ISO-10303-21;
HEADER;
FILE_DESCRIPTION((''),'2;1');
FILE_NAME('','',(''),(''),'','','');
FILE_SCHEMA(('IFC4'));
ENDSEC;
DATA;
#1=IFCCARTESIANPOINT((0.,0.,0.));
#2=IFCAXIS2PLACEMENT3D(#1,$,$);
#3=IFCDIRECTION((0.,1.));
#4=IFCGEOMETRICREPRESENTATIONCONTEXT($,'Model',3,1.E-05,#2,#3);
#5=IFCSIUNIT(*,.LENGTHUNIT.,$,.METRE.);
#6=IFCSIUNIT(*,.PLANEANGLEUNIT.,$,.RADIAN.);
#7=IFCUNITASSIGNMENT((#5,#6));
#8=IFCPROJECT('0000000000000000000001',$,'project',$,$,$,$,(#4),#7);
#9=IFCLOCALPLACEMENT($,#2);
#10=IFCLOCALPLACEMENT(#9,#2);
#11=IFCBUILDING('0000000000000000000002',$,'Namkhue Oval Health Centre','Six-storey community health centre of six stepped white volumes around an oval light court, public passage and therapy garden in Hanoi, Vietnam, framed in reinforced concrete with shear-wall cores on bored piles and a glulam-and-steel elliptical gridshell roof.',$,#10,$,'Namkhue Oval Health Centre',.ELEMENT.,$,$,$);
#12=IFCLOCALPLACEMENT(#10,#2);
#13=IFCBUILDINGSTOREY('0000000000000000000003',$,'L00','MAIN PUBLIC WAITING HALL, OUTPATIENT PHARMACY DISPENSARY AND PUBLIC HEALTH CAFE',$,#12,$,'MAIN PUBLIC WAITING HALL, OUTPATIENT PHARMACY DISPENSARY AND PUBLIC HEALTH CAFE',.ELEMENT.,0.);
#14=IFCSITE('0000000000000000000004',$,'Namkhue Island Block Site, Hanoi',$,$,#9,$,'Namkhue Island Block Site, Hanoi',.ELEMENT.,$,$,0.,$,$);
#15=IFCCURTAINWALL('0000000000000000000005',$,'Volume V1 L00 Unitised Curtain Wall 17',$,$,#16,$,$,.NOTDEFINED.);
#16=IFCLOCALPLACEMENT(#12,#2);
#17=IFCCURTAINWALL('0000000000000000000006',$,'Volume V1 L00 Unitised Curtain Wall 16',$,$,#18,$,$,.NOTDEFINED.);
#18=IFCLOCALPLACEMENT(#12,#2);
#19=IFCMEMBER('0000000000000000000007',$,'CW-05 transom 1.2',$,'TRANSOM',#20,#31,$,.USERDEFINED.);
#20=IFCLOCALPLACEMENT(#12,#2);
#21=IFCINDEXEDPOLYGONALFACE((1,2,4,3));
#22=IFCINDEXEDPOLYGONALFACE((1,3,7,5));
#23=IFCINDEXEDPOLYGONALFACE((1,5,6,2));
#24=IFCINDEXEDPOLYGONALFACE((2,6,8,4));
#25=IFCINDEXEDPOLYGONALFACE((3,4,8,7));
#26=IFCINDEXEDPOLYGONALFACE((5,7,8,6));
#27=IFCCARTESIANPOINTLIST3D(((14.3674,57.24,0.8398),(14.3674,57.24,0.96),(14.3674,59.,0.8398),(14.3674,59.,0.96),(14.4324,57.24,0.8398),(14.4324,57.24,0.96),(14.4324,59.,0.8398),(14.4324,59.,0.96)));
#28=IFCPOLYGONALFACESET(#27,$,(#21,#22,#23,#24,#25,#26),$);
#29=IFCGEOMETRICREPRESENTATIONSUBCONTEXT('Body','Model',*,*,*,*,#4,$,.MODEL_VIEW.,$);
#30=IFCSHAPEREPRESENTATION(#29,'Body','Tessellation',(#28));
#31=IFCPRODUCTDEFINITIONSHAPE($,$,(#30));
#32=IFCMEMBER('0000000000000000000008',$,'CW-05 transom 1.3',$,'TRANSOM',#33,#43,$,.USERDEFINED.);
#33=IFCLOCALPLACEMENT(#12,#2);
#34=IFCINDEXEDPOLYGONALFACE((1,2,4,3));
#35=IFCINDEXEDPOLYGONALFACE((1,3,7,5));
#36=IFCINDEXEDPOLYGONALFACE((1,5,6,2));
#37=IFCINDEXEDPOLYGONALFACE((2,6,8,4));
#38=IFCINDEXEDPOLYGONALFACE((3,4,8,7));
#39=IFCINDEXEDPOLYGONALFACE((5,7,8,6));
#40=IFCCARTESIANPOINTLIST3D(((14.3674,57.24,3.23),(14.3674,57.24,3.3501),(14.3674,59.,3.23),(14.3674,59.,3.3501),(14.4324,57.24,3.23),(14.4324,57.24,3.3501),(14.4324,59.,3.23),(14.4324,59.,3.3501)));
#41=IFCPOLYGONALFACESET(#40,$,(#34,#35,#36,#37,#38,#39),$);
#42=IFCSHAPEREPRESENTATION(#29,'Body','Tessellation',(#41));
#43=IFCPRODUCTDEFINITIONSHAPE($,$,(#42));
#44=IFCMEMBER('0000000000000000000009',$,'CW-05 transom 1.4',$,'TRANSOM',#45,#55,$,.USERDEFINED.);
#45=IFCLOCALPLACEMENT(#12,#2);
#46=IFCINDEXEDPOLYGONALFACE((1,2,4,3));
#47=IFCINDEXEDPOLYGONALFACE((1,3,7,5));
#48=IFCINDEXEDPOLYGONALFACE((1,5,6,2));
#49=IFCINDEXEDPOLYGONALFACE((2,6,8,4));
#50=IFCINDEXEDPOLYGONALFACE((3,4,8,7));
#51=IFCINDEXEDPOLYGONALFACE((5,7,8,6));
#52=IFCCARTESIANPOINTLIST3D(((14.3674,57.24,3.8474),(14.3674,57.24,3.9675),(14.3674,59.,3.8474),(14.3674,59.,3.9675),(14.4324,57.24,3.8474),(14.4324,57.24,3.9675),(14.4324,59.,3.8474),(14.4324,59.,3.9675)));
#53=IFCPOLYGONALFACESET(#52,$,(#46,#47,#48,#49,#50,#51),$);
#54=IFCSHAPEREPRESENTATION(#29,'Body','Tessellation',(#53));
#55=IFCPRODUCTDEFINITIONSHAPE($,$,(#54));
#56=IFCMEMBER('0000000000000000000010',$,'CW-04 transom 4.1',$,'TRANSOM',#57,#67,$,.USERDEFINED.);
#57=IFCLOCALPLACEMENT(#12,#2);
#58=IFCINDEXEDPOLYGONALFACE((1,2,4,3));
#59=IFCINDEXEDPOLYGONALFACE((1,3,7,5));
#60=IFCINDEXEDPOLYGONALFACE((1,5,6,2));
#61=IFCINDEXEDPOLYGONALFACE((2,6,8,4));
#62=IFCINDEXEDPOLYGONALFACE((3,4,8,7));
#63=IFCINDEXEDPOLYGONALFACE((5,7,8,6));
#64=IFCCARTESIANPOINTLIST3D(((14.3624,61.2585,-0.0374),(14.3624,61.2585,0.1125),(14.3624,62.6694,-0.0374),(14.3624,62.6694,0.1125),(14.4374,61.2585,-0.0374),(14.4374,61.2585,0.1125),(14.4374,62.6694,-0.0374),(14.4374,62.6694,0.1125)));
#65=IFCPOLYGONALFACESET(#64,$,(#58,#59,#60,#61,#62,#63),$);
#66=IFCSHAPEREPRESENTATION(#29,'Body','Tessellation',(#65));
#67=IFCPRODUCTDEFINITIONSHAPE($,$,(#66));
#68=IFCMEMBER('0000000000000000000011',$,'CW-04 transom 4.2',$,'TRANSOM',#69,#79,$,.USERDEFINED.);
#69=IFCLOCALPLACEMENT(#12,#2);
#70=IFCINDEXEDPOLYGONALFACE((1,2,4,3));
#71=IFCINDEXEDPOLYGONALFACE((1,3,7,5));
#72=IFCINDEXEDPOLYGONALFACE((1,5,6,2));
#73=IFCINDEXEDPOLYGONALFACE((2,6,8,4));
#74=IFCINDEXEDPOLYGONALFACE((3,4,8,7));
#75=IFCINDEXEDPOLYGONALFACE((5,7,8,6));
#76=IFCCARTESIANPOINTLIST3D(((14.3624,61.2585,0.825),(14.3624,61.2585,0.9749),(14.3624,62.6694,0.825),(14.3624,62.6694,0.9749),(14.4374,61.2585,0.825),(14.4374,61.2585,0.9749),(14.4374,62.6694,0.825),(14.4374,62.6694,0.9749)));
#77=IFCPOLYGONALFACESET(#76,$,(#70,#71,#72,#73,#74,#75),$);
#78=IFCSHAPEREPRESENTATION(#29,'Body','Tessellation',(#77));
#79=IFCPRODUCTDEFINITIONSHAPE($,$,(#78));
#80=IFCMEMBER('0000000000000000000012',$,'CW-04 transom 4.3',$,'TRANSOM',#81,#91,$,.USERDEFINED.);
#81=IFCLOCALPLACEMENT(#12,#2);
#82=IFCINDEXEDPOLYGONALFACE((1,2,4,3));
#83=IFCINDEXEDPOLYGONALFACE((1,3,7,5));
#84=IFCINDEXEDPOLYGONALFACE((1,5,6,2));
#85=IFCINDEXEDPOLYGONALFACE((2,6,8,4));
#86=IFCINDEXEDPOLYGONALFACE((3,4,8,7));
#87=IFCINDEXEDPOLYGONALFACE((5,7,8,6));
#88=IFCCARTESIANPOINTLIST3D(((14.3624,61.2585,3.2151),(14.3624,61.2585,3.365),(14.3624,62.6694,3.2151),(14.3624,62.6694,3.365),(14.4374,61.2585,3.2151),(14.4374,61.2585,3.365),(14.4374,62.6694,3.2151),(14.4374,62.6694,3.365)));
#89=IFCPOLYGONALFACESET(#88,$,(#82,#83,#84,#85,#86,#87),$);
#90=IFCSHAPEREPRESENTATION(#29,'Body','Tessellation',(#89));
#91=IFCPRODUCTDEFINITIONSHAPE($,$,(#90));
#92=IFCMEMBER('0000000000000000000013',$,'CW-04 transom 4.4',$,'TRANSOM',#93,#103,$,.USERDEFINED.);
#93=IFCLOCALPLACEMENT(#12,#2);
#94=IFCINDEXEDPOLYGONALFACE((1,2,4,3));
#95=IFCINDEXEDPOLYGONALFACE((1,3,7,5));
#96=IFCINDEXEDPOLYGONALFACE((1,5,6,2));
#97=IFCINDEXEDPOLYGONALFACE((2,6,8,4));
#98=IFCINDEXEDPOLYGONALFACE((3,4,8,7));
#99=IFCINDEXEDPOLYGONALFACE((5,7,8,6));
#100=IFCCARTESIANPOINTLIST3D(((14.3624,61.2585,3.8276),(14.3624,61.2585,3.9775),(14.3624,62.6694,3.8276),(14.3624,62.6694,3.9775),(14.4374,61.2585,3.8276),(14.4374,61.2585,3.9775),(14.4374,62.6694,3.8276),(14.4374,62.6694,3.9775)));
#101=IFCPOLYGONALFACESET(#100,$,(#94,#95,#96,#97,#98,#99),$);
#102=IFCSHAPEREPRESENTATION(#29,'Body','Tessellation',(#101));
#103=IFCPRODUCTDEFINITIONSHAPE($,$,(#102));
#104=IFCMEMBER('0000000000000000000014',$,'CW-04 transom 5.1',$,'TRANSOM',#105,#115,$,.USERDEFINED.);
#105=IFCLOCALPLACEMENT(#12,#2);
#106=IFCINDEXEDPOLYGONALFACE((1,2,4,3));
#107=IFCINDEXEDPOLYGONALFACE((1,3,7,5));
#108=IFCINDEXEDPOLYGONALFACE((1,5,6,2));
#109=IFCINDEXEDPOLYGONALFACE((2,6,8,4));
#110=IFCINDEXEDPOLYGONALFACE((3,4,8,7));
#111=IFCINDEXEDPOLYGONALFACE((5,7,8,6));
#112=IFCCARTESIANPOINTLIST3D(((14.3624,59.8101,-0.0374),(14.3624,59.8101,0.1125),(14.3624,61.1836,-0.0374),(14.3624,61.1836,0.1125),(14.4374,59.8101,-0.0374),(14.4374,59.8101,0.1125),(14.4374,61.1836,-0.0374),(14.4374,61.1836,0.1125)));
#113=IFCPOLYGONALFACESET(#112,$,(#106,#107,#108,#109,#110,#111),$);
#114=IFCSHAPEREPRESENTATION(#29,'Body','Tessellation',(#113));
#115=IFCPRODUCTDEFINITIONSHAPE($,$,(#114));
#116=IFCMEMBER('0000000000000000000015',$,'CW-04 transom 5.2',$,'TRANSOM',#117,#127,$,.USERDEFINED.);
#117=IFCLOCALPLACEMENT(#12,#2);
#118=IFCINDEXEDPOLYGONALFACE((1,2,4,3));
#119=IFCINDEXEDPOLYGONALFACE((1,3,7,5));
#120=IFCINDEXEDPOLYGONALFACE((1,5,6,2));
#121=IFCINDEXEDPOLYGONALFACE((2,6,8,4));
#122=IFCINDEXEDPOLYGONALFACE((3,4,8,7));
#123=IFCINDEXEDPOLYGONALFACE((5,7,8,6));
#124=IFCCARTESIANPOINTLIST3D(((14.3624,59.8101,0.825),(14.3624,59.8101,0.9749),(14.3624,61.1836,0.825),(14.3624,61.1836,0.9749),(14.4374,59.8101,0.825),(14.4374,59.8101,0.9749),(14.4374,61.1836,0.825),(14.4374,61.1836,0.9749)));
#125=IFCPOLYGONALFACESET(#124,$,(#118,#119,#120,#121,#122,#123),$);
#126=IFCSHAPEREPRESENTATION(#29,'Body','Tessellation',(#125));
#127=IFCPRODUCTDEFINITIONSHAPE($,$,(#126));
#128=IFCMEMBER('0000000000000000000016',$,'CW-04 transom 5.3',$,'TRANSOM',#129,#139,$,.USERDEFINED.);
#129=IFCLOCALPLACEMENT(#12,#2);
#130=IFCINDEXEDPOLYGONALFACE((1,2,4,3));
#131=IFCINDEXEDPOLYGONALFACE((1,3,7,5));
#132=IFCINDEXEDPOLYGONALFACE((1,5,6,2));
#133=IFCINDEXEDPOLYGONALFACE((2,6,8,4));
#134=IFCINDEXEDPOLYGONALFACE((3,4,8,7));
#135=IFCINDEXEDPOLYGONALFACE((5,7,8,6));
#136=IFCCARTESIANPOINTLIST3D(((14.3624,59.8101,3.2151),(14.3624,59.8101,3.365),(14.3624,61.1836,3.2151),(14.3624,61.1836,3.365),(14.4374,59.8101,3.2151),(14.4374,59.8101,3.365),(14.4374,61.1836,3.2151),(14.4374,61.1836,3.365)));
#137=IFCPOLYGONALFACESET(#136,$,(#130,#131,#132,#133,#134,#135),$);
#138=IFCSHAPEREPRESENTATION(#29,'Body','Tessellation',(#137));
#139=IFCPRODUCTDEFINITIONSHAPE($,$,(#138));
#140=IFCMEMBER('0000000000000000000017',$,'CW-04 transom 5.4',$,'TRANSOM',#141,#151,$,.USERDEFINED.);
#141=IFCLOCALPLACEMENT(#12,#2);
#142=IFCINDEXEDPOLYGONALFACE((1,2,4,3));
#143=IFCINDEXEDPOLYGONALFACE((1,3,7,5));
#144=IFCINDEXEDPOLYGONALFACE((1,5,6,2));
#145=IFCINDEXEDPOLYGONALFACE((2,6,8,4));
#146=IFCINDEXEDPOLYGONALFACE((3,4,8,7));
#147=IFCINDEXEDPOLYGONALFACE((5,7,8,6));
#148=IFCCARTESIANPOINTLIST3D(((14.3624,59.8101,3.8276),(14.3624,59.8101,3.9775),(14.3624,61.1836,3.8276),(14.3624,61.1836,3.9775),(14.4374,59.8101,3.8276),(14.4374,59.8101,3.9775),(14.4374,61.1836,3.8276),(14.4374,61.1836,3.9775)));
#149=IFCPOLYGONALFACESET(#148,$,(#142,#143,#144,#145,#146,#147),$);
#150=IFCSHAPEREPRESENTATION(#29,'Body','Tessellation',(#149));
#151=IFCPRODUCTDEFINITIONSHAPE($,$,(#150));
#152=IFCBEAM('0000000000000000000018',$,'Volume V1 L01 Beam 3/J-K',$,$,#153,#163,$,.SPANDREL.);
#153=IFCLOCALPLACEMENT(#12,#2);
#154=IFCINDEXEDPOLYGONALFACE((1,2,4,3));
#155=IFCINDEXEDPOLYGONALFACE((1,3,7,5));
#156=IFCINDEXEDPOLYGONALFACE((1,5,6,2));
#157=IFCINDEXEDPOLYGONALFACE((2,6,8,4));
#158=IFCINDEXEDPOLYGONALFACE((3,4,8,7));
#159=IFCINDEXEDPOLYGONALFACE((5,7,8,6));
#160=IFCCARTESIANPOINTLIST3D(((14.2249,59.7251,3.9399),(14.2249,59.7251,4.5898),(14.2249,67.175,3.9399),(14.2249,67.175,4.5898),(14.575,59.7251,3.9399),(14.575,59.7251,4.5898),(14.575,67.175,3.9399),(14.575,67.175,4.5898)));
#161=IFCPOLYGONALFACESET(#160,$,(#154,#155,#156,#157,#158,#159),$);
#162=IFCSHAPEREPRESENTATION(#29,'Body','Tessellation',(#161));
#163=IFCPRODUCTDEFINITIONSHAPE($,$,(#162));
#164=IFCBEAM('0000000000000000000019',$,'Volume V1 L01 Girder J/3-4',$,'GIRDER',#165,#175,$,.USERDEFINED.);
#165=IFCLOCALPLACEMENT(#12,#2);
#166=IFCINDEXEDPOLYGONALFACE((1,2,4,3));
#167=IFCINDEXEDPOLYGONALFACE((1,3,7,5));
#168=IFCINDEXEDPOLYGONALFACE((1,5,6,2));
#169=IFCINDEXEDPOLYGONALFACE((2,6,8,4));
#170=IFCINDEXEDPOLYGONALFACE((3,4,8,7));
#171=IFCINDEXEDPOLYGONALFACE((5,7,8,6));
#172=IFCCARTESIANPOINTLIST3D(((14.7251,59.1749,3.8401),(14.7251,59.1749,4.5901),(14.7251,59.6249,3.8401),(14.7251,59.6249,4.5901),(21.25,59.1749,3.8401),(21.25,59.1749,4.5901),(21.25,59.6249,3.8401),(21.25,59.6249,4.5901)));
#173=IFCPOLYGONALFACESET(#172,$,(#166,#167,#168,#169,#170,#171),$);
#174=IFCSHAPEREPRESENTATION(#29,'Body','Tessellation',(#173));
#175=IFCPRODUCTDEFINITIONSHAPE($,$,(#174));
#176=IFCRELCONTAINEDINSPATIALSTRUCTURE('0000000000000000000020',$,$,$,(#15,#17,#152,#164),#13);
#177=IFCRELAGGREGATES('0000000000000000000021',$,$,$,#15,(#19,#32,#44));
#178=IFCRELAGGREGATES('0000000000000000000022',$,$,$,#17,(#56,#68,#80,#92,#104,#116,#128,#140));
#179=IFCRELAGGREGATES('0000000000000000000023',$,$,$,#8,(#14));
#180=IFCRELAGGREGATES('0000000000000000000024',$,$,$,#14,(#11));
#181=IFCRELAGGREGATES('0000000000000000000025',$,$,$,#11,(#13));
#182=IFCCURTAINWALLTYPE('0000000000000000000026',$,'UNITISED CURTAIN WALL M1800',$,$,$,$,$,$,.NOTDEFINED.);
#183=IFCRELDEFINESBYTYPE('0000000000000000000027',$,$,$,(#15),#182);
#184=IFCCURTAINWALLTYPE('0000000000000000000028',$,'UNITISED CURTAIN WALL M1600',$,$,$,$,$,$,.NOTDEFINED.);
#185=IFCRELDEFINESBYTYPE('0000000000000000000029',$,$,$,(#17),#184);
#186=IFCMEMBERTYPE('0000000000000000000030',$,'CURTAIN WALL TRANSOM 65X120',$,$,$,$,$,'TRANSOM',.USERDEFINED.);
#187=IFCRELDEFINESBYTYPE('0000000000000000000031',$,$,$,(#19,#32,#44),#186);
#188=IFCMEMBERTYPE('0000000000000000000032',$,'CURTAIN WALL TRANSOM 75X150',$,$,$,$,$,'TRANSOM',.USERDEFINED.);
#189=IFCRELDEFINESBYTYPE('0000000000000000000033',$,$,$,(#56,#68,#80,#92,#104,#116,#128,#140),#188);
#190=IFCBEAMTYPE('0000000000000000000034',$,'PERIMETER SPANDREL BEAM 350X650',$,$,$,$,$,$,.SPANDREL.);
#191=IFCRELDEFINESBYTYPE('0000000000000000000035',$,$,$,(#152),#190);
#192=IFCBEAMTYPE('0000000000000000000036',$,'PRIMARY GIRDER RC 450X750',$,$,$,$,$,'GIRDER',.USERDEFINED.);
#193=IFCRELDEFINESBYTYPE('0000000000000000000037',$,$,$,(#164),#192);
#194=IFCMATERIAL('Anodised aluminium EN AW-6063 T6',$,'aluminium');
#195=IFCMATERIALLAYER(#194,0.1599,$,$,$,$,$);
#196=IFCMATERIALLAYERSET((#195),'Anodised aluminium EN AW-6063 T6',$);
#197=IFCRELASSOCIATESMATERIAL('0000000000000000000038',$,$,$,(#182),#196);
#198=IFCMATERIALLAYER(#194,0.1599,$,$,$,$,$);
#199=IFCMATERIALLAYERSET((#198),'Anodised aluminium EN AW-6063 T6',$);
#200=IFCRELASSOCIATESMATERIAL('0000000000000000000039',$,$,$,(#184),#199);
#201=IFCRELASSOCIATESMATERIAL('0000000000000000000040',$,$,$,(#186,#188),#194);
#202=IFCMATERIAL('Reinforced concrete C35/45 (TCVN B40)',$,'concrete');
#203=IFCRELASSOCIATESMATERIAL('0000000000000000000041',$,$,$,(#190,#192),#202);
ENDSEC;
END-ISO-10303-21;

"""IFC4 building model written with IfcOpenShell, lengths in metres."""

from ifc_helpers import new_model, si_unit, direction, frame, origin, origin_2d, place, context, subcontext, project, spatial, rectangle, extrude, material, layer, layer_set, material_profile, profile_set, type_object, element, aggregate, save


model = new_model("IFC4")

# Units and contexts
model_context = context("Model", 3, precision=1e-05, world=origin(), true_north=direction((0.0, 1.0)))
body_context = subcontext(model_context, "Body", "Model", "MODEL_VIEW")
ifc_project = project(units=[si_unit("LENGTHUNIT", "METRE"), si_unit("PLANEANGLEUNIT", "RADIAN")], contexts=[model_context])

# Site, building, storey
site_placement = place(None, origin())
site = spatial("IfcSite", under=ifc_project, at=site_placement, Name="Namkhue Island Block Site, Hanoi", LongName="Namkhue Island Block Site, Hanoi", CompositionType="ELEMENT", RefElevation=0.0)
building_placement = place(site_placement, origin())
building = spatial("IfcBuilding", under=site, at=building_placement, Name="Namkhue Oval Health Centre", Description="Six-storey community health centre of six stepped white volumes around an oval light court, public passage and therapy garden in Hanoi, Vietnam, framed in reinforced concrete with shear-wall cores on bored piles and a glulam-and-steel elliptical gridshell roof.", LongName="Namkhue Oval Health Centre", CompositionType="ELEMENT")
storey_placement = place(building_placement, origin())
storey = spatial("IfcBuildingStorey", under=building, at=storey_placement, Name="L00", Description="MAIN PUBLIC WAITING HALL, OUTPATIENT PHARMACY DISPENSARY AND PUBLIC HEALTH CAFE", LongName="MAIN PUBLIC WAITING HALL, OUTPATIENT PHARMACY DISPENSARY AND PUBLIC HEALTH CAFE", CompositionType="ELEMENT", Elevation=0.0)

# Shared definitions
ifc_material_1 = material(Name="Reinforced concrete C35/45 (TCVN B40)", Category="concrete")

# Curtain wall
ifc_material_2 = material(Name="Anodised aluminium EN AW-6063 T6", Category="aluminium")
ifc_layer_1 = layer(ifc_material_2, 0.1599)
ifc_layer_set_1 = layer_set([ifc_layer_1], Name="Anodised aluminium EN AW-6063 T6")
curtain_wall_type_1 = type_object("IfcCurtainWallType", Name="UNITISED CURTAIN WALL M1800", PredefinedType="NOTDEFINED", material=ifc_layer_set_1)
curtain_wall_1_placement = place(storey_placement, origin())
curtain_wall_1 = element("IfcCurtainWall", 1, at=curtain_wall_1_placement, inside=storey, type_object=curtain_wall_type_1, Name="Volume V1 L00 Unitised Curtain Wall 17", PredefinedType="NOTDEFINED")

# Curtain wall
ifc_layer_2 = layer(ifc_material_2, 0.1599)
ifc_layer_set_2 = layer_set([ifc_layer_2], Name="Anodised aluminium EN AW-6063 T6")
curtain_wall_type_2 = type_object("IfcCurtainWallType", Name="UNITISED CURTAIN WALL M1600", PredefinedType="NOTDEFINED", material=ifc_layer_set_2)
curtain_wall_2_placement = place(storey_placement, origin())
curtain_wall_2 = element("IfcCurtainWall", 2, at=curtain_wall_2_placement, inside=storey, type_object=curtain_wall_type_2, Name="Volume V1 L00 Unitised Curtain Wall 16", PredefinedType="NOTDEFINED")

# Members
ifc_material_profile_1 = material_profile(ifc_material_2, rectangle(XDim=0.0649, YDim=0.1201, at=origin_2d()), Name="ALU 65x120")
ifc_profile_set_1 = profile_set([ifc_material_profile_1], Name="Anodised aluminium EN AW-6063 T6")
member_type_1 = type_object("IfcMemberType", Name="CURTAIN WALL TRANSOM 65X120", ElementType="TRANSOM", PredefinedType="USERDEFINED", material=ifc_profile_set_1)
member_1_placement = place(storey_placement, frame((14.3999, 59.0, 0.8999), z_axis=(0.0, -1.0, 0.0), x_axis=(1.0, 0.0, 0.0)))
member_1 = element("IfcMember", 3, at=member_1_placement, type_object=member_type_1, Name="CW-05 transom 1.2", ObjectType="TRANSOM", PredefinedType="USERDEFINED", context=body_context, shape_type="SweptSolid", body=[
    extrude(rectangle(XDim=0.0649, YDim=0.1201, at=origin_2d()), origin(), (0.0, 0.0, 1.0), 1.76),
])
member_2_placement = place(storey_placement, frame((14.3999, 59.0, 3.29), z_axis=(0.0, -1.0, 0.0), x_axis=(1.0, 0.0, 0.0)))
member_2 = element("IfcMember", 4, at=member_2_placement, type_object=member_type_1, Name="CW-05 transom 1.3", ObjectType="TRANSOM", PredefinedType="USERDEFINED", context=body_context, shape_type="SweptSolid", body=[
    extrude(rectangle(XDim=0.0649, YDim=0.1201, at=origin_2d()), origin(), (0.0, 0.0, 1.0), 1.76),
])
member_3_placement = place(storey_placement, frame((14.3999, 59.0, 3.9075), z_axis=(0.0, -1.0, 0.0), x_axis=(1.0, 0.0, 0.0)))
member_3 = element("IfcMember", 5, at=member_3_placement, type_object=member_type_1, Name="CW-05 transom 1.4", ObjectType="TRANSOM", PredefinedType="USERDEFINED", context=body_context, shape_type="SweptSolid", body=[
    extrude(rectangle(XDim=0.0649, YDim=0.1201, at=origin_2d()), origin(), (0.0, 0.0, 1.0), 1.76),
])
aggregate(curtain_wall_1, [member_1, member_2, member_3])
ifc_material_profile_2 = material_profile(ifc_material_2, rectangle(XDim=0.075, YDim=0.1499, at=origin_2d()), Name="ALU 75x150")
ifc_profile_set_2 = profile_set([ifc_material_profile_2], Name="Anodised aluminium EN AW-6063 T6")
member_type_2 = type_object("IfcMemberType", Name="CURTAIN WALL TRANSOM 75X150", ElementType="TRANSOM", PredefinedType="USERDEFINED", material=ifc_profile_set_2)
member_4_placement = place(storey_placement, frame((14.3999, 62.6694, 0.0376), z_axis=(0.0, -1.0, 0.0), x_axis=(1.0, 0.0, 0.0)))
member_4 = element("IfcMember", 6, at=member_4_placement, type_object=member_type_2, Name="CW-04 transom 4.1", ObjectType="TRANSOM", PredefinedType="USERDEFINED", context=body_context, shape_type="SweptSolid", body=[
    extrude(rectangle(XDim=0.075, YDim=0.1499, at=origin_2d()), origin(), (0.0, 0.0, 1.0), 1.4109),
])
member_5_placement = place(storey_placement, frame((14.3999, 62.6694, 0.8999), z_axis=(0.0, -1.0, 0.0), x_axis=(1.0, 0.0, 0.0)))
member_5 = element("IfcMember", 7, at=member_5_placement, type_object=member_type_2, Name="CW-04 transom 4.2", ObjectType="TRANSOM", PredefinedType="USERDEFINED", context=body_context, shape_type="SweptSolid", body=[
    extrude(rectangle(XDim=0.075, YDim=0.1499, at=origin_2d()), origin(), (0.0, 0.0, 1.0), 1.4109),
])
member_6_placement = place(storey_placement, frame((14.3999, 62.6694, 3.29), z_axis=(0.0, -1.0, 0.0), x_axis=(1.0, 0.0, 0.0)))
member_6 = element("IfcMember", 8, at=member_6_placement, type_object=member_type_2, Name="CW-04 transom 4.3", ObjectType="TRANSOM", PredefinedType="USERDEFINED", context=body_context, shape_type="SweptSolid", body=[
    extrude(rectangle(XDim=0.075, YDim=0.1499, at=origin_2d()), origin(), (0.0, 0.0, 1.0), 1.4109),
])
member_7_placement = place(storey_placement, frame((14.3999, 62.6694, 3.9026), z_axis=(0.0, -1.0, 0.0), x_axis=(1.0, 0.0, 0.0)))
member_7 = element("IfcMember", 9, at=member_7_placement, type_object=member_type_2, Name="CW-04 transom 4.4", ObjectType="TRANSOM", PredefinedType="USERDEFINED", context=body_context, shape_type="SweptSolid", body=[
    extrude(rectangle(XDim=0.075, YDim=0.1499, at=origin_2d()), origin(), (0.0, 0.0, 1.0), 1.4109),
])
member_8_placement = place(storey_placement, frame((14.3999, 61.1836, 0.0376), z_axis=(0.0, -1.0, 0.0), x_axis=(1.0, 0.0, 0.0)))
member_8 = element("IfcMember", 10, at=member_8_placement, type_object=member_type_2, Name="CW-04 transom 5.1", ObjectType="TRANSOM", PredefinedType="USERDEFINED", context=body_context, shape_type="SweptSolid", body=[
    extrude(rectangle(XDim=0.075, YDim=0.1499, at=origin_2d()), origin(), (0.0, 0.0, 1.0), 1.3735),
])
member_9_placement = place(storey_placement, frame((14.3999, 61.1836, 0.8999), z_axis=(0.0, -1.0, 0.0), x_axis=(1.0, 0.0, 0.0)))
member_9 = element("IfcMember", 11, at=member_9_placement, type_object=member_type_2, Name="CW-04 transom 5.2", ObjectType="TRANSOM", PredefinedType="USERDEFINED", context=body_context, shape_type="SweptSolid", body=[
    extrude(rectangle(XDim=0.075, YDim=0.1499, at=origin_2d()), origin(), (0.0, 0.0, 1.0), 1.3735),
])
member_10_placement = place(storey_placement, frame((14.3999, 61.1836, 3.29), z_axis=(0.0, -1.0, 0.0), x_axis=(1.0, 0.0, 0.0)))
member_10 = element("IfcMember", 12, at=member_10_placement, type_object=member_type_2, Name="CW-04 transom 5.3", ObjectType="TRANSOM", PredefinedType="USERDEFINED", context=body_context, shape_type="SweptSolid", body=[
    extrude(rectangle(XDim=0.075, YDim=0.1499, at=origin_2d()), origin(), (0.0, 0.0, 1.0), 1.3735),
])
member_11_placement = place(storey_placement, frame((14.3999, 61.1836, 3.9026), z_axis=(0.0, -1.0, 0.0), x_axis=(1.0, 0.0, 0.0)))
member_11 = element("IfcMember", 13, at=member_11_placement, type_object=member_type_2, Name="CW-04 transom 5.4", ObjectType="TRANSOM", PredefinedType="USERDEFINED", context=body_context, shape_type="SweptSolid", body=[
    extrude(rectangle(XDim=0.075, YDim=0.1499, at=origin_2d()), origin(), (0.0, 0.0, 1.0), 1.3735),
])

# Beams
ifc_material_profile_3 = material_profile(ifc_material_1, rectangle(XDim=0.3501, YDim=0.6499, at=origin_2d()), Name="RC 350x650")
ifc_profile_set_3 = profile_set([ifc_material_profile_3], Name="Reinforced concrete C35/45 (TCVN B40)")
beam_type_1 = type_object("IfcBeamType", Name="PERIMETER SPANDREL BEAM 350X650", PredefinedType="SPANDREL", material=ifc_profile_set_3)
beam_1_placement = place(storey_placement, frame((14.3999, 59.7251, 4.2649), z_axis=(0.0, 1.0, 0.0), x_axis=(-1.0, 0.0, 0.0)))
element("IfcBeam", 14, at=beam_1_placement, inside=storey, type_object=beam_type_1, Name="Volume V1 L01 Beam 3/J-K", PredefinedType="SPANDREL", context=body_context, shape_type="SweptSolid", body=[
    extrude(rectangle(XDim=0.3501, YDim=0.6499, at=origin_2d()), origin(), (0.0, 0.0, 1.0), 7.45),
])
ifc_material_profile_4 = material_profile(ifc_material_1, rectangle(XDim=0.45, YDim=0.75, at=origin_2d()), Name="RC 450x750")
ifc_profile_set_4 = profile_set([ifc_material_profile_4], Name="Reinforced concrete C35/45 (TCVN B40)")
beam_type_2 = type_object("IfcBeamType", Name="PRIMARY GIRDER RC 450X750", ElementType="GIRDER", PredefinedType="USERDEFINED", material=ifc_profile_set_4)
beam_2_placement = place(storey_placement, frame((14.7251, 59.3999, 4.2151), z_axis=(1.0, 0.0, 0.0), x_axis=(0.0, 1.0, 0.0)))
element("IfcBeam", 15, at=beam_2_placement, inside=storey, type_object=beam_type_2, Name="Volume V1 L01 Girder J/3-4", ObjectType="GIRDER", PredefinedType="USERDEFINED", context=body_context, shape_type="SweptSolid", body=[
    extrude(rectangle(XDim=0.45, YDim=0.75, at=origin_2d()), origin(), (0.0, 0.0, 1.0), 6.5249),
])

aggregate(curtain_wall_2, [member_4, member_5, member_6, member_7, member_8, member_9, member_10, member_11])

save(model, "model.ifc")
